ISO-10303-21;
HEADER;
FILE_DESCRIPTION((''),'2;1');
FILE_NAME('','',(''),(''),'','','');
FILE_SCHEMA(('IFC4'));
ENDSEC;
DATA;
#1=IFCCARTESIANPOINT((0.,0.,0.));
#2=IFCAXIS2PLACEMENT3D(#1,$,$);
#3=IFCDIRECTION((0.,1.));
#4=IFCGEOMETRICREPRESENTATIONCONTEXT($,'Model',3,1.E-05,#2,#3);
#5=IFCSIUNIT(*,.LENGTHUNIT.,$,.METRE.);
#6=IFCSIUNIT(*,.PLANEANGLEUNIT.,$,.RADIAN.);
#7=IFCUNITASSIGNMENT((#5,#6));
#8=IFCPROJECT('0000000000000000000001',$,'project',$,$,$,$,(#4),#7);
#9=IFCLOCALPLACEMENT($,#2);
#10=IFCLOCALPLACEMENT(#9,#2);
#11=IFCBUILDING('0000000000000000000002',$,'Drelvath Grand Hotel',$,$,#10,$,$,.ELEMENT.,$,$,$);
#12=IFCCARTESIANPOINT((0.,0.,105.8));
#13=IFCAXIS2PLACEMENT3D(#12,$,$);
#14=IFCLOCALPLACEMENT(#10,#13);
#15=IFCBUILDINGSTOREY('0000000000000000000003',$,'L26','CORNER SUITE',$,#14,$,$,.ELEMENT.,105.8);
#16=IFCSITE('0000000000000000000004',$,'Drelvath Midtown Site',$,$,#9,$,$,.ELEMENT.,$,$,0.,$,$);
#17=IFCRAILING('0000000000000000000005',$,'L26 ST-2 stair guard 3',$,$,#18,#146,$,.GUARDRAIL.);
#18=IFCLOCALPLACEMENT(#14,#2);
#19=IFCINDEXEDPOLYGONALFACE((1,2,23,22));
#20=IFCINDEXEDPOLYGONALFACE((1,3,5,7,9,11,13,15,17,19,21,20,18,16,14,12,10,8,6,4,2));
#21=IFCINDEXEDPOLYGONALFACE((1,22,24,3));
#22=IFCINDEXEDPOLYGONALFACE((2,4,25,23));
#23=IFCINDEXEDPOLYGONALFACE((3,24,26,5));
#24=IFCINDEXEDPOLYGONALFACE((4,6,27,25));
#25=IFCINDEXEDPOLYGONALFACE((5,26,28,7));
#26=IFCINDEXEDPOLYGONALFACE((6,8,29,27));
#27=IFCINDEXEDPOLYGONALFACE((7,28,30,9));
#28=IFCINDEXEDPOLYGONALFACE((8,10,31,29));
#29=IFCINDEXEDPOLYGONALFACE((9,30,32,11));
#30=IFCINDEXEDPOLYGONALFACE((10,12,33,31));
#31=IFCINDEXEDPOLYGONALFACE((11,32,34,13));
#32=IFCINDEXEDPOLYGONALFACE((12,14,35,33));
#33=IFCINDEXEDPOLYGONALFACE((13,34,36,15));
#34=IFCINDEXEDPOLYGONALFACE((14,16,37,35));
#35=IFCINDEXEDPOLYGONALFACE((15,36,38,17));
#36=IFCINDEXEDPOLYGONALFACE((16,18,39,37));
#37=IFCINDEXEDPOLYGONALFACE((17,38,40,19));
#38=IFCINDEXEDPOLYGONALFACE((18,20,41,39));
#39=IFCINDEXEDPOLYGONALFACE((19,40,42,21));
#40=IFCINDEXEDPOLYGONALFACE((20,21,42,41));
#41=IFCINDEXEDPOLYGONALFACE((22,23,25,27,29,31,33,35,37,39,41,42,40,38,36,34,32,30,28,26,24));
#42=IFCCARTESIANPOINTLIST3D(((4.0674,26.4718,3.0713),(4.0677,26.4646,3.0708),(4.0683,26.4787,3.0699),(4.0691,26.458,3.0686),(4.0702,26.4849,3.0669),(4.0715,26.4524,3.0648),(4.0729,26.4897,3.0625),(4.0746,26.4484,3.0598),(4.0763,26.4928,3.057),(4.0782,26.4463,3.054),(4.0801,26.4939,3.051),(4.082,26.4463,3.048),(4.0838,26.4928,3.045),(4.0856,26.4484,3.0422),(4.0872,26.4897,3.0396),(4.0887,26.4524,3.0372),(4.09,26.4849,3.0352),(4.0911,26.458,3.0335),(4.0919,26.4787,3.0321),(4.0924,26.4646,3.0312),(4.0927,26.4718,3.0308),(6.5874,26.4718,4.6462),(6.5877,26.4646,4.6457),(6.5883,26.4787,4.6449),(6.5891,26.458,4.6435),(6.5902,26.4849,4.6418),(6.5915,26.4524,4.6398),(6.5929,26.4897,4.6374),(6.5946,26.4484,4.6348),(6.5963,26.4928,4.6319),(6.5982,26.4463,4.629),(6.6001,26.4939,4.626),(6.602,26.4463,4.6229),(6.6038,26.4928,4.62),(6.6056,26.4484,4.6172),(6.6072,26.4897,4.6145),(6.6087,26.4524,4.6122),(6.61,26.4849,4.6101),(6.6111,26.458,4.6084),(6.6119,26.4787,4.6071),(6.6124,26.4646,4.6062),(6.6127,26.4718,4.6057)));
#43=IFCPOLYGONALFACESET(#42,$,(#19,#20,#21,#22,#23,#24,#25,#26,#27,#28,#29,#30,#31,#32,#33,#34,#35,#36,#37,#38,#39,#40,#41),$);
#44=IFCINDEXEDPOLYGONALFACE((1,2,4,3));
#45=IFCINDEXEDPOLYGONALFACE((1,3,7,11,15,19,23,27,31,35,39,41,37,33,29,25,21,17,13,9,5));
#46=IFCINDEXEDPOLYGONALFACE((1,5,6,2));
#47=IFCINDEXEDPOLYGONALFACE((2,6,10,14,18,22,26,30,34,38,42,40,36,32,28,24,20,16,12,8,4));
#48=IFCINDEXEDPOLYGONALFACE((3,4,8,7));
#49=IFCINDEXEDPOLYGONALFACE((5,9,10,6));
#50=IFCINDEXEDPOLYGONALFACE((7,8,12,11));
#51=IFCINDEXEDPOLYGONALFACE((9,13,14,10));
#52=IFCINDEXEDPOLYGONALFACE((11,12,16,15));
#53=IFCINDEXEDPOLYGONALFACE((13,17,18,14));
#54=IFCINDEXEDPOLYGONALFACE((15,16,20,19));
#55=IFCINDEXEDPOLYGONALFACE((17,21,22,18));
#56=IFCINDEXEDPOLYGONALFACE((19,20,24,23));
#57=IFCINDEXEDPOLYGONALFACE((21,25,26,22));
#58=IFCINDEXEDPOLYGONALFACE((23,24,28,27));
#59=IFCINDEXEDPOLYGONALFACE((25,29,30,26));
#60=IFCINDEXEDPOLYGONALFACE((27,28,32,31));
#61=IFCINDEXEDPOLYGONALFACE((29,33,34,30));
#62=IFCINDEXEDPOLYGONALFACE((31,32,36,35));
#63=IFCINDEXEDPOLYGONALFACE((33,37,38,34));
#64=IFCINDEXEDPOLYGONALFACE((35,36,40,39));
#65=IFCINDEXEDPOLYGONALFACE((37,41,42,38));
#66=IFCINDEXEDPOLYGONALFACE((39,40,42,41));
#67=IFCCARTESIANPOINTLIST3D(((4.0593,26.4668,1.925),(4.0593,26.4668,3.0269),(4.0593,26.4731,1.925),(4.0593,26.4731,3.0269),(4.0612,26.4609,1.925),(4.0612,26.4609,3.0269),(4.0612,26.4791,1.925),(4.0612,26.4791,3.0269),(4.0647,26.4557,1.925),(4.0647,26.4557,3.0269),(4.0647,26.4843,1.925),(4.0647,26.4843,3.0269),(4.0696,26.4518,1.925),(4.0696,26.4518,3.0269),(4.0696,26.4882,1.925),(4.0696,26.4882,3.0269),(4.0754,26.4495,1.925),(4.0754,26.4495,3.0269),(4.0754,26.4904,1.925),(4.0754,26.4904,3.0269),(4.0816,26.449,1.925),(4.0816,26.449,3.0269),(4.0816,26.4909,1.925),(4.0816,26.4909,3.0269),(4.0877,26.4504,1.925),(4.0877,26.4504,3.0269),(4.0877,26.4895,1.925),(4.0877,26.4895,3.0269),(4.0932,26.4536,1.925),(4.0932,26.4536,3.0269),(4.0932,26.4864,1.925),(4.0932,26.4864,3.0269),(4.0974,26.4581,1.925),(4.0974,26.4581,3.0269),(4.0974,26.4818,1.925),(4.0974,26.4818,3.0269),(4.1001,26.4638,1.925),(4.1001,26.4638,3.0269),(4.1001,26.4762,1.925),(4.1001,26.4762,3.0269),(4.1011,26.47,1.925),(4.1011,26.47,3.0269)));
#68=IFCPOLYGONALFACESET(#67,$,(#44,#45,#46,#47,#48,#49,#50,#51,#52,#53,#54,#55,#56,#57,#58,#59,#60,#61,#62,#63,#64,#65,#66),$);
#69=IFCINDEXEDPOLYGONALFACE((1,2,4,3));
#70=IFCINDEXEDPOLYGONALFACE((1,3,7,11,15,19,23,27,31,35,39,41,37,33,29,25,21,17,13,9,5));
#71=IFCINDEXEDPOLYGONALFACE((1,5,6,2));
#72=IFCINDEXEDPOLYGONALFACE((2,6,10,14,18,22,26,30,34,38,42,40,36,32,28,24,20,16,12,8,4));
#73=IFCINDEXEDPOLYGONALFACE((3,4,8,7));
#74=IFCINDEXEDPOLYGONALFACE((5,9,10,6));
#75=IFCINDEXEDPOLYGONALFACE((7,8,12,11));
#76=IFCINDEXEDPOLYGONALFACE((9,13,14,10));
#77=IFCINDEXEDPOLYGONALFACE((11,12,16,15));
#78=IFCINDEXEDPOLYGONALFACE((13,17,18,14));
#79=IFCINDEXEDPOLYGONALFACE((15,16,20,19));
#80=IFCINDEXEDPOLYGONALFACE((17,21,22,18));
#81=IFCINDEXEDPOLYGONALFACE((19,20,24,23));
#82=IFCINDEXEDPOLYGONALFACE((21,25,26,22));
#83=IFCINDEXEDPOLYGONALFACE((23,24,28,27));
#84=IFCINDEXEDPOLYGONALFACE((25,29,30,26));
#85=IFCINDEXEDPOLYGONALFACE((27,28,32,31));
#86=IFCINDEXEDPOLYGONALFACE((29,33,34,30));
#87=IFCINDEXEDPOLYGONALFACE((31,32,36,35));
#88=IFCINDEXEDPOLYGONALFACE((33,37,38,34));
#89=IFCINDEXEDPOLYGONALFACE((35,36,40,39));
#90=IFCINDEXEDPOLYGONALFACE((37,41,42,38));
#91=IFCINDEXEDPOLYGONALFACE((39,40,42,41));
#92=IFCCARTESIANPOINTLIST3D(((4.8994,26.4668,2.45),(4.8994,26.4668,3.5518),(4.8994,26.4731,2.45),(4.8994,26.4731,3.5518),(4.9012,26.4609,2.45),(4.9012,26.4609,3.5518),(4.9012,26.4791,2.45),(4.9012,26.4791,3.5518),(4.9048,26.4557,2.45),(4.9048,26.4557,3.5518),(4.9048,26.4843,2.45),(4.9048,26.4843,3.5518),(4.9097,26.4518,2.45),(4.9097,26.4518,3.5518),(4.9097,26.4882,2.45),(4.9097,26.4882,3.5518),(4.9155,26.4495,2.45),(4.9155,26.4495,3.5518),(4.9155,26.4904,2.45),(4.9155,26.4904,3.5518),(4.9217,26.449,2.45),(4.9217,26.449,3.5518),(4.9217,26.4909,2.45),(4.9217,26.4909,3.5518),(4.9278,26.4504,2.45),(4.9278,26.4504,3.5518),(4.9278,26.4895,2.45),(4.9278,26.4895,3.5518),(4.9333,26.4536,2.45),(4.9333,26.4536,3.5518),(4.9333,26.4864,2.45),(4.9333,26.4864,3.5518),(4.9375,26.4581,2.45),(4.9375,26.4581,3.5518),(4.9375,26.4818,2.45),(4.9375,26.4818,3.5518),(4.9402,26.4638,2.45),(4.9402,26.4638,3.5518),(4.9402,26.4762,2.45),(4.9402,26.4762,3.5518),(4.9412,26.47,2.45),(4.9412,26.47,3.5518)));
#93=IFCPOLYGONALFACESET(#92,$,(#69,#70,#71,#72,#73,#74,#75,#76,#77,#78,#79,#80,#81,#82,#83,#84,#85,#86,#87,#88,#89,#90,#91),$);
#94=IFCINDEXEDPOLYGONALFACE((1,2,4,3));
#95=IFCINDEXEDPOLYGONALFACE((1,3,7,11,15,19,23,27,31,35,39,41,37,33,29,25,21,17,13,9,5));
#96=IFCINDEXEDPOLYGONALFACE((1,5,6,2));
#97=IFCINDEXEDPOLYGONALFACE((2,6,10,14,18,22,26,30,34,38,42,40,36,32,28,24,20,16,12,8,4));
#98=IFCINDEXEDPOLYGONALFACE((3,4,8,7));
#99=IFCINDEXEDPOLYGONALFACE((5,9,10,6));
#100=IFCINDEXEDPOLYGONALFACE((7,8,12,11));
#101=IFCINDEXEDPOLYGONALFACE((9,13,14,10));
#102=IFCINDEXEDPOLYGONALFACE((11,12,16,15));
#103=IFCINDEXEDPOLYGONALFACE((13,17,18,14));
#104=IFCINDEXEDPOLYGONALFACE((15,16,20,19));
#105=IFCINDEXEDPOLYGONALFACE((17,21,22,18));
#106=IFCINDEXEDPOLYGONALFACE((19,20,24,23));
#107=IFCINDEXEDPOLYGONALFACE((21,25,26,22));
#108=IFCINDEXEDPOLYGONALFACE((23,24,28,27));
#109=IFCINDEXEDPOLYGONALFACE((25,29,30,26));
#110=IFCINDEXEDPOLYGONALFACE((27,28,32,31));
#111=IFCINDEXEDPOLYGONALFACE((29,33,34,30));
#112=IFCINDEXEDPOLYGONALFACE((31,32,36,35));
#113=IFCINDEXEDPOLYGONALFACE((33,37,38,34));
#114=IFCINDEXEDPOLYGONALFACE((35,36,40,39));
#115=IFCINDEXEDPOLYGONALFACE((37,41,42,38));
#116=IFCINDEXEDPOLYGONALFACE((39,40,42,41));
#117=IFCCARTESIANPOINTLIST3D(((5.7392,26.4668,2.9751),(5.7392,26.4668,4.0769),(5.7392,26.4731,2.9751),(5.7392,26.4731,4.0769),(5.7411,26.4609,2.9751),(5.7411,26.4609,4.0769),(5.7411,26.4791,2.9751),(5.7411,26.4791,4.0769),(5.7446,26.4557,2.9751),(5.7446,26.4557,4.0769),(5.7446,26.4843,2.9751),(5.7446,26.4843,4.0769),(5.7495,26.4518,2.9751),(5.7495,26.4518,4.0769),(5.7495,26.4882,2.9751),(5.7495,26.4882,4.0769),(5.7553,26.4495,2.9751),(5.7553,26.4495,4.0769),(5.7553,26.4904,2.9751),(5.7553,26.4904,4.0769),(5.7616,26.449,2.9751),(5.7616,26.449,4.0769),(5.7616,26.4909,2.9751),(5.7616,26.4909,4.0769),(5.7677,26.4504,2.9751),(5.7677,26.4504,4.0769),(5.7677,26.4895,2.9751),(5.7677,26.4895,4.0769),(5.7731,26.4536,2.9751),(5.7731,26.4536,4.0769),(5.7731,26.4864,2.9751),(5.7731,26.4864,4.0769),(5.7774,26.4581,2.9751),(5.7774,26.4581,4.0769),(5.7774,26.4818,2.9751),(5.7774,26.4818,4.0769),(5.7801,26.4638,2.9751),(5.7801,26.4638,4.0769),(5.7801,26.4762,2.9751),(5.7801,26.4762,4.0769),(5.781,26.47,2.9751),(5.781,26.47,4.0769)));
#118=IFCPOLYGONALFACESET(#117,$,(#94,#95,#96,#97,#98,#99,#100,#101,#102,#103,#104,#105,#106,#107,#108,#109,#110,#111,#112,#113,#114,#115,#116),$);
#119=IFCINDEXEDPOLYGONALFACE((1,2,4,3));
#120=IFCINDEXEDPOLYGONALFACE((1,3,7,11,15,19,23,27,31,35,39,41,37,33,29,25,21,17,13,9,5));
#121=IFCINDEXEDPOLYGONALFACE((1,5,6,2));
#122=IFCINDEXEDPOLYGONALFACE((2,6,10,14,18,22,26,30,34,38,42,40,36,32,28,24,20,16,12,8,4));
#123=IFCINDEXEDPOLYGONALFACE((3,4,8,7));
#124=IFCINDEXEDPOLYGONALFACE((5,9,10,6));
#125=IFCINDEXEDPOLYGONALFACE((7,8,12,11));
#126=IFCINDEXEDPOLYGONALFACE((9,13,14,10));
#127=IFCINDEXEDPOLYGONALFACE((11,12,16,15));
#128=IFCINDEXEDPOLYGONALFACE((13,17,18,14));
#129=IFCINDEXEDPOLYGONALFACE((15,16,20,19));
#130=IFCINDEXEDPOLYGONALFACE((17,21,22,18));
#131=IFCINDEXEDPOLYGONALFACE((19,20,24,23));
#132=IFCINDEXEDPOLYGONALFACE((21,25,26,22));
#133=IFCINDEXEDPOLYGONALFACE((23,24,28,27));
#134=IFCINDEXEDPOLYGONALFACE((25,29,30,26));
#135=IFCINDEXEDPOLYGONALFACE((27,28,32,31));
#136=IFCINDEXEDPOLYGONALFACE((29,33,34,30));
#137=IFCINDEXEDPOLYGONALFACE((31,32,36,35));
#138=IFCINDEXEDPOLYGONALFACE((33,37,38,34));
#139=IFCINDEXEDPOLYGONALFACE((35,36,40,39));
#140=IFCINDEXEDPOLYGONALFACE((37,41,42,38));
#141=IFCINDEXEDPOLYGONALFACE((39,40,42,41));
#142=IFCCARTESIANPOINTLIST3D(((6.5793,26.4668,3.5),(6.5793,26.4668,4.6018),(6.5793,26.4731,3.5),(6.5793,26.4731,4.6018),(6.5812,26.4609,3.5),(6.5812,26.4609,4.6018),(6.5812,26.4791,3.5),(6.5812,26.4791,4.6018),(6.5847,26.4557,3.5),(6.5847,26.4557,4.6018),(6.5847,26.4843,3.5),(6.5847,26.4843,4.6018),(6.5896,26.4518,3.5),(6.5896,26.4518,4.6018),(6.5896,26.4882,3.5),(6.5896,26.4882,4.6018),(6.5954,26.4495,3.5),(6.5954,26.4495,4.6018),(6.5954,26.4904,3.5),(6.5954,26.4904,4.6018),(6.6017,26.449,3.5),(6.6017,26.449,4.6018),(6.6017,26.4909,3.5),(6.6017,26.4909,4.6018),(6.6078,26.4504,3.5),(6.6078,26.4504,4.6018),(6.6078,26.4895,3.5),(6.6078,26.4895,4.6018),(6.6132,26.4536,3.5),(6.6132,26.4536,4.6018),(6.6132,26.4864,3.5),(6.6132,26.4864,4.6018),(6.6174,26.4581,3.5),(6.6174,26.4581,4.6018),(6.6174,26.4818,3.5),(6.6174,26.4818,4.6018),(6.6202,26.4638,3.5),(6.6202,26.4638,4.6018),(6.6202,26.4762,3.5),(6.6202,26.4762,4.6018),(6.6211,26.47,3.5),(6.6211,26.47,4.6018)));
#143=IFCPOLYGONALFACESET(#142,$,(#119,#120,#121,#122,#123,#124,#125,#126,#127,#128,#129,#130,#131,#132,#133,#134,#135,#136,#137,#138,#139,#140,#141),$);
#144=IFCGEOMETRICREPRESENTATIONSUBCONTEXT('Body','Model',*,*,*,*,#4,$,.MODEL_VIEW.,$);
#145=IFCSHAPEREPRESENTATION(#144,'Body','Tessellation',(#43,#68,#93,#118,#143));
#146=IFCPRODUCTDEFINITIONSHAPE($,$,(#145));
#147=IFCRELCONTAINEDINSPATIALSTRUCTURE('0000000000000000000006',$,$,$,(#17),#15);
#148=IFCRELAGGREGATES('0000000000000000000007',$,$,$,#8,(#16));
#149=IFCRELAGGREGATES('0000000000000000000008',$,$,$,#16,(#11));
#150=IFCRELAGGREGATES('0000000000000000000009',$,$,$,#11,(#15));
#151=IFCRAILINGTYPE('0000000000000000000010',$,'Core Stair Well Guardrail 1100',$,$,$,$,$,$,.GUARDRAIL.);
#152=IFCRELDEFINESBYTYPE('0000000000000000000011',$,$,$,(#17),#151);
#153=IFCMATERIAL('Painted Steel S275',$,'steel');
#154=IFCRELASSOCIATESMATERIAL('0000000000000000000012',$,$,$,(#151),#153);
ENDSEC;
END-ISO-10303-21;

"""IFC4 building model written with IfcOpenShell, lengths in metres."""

from ifc_helpers import new_model, si_unit, direction, frame, origin, origin_2d, place, context, subcontext, project, spatial, circle, extrude, material, type_object, element, save


model = new_model("IFC4")

# Units and contexts
model_context = context("Model", 3, precision=1e-05, world=origin(), true_north=direction((0.0, 1.0)))
body_context = subcontext(model_context, "Body", "Model", "MODEL_VIEW")
ifc_project = project(units=[si_unit("LENGTHUNIT", "METRE"), si_unit("PLANEANGLEUNIT", "RADIAN")], contexts=[model_context])

# Site, building, storey
site_placement = place(None, origin())
site = spatial("IfcSite", under=ifc_project, at=site_placement, Name="Drelvath Midtown Site", CompositionType="ELEMENT", RefElevation=0.0)
building_placement = place(site_placement, origin())
building = spatial("IfcBuilding", under=site, at=building_placement, Name="Drelvath Grand Hotel", CompositionType="ELEMENT")
storey_placement = place(building_placement, frame((0.0, 0.0, 105.8)))
storey = spatial("IfcBuildingStorey", under=building, at=storey_placement, Name="L26", Description="CORNER SUITE", CompositionType="ELEMENT", Elevation=105.8)

# Railing
ifc_material_1 = material(Name="Painted Steel S275", Category="steel")
railing_type_1 = type_object("IfcRailingType", Name="Core Stair Well Guardrail 1100", PredefinedType="GUARDRAIL", material=ifc_material_1)
railing_1_placement = place(storey_placement, frame((4.0801, 26.47, 1.925)))
element("IfcRailing", 1, at=railing_1_placement, inside=storey, type_object=railing_type_1, Name="L26 ST-2 stair guard 3", PredefinedType="GUARDRAIL", context=body_context, shape_type="SweptSolid", body=[
    extrude(circle(Radius=0.0239, at=origin_2d()), frame((0.0, 0.0, 1.126), z_axis=(0.848008, 0.0, 0.529984), x_axis=(0.0, 1.0, 0.0)), (0.0, 0.0, 1.0), 2.9717),
    extrude(circle(Radius=0.021, at=origin_2d()), origin(), (0.0, 0.0, 1.0), 1.1018),
    extrude(circle(Radius=0.021, at=origin_2d()), frame((0.8401, 0.0, 0.5249)), (0.0, 0.0, 1.0), 1.1018),
    extrude(circle(Radius=0.021, at=origin_2d()), frame((1.6799, 0.0, 1.05)), (0.0, 0.0, 1.0), 1.1018),
    extrude(circle(Radius=0.021, at=origin_2d()), frame((2.52, 0.0, 1.575)), (0.0, 0.0, 1.0), 1.1018),
])

save(model, "model.ifc")
